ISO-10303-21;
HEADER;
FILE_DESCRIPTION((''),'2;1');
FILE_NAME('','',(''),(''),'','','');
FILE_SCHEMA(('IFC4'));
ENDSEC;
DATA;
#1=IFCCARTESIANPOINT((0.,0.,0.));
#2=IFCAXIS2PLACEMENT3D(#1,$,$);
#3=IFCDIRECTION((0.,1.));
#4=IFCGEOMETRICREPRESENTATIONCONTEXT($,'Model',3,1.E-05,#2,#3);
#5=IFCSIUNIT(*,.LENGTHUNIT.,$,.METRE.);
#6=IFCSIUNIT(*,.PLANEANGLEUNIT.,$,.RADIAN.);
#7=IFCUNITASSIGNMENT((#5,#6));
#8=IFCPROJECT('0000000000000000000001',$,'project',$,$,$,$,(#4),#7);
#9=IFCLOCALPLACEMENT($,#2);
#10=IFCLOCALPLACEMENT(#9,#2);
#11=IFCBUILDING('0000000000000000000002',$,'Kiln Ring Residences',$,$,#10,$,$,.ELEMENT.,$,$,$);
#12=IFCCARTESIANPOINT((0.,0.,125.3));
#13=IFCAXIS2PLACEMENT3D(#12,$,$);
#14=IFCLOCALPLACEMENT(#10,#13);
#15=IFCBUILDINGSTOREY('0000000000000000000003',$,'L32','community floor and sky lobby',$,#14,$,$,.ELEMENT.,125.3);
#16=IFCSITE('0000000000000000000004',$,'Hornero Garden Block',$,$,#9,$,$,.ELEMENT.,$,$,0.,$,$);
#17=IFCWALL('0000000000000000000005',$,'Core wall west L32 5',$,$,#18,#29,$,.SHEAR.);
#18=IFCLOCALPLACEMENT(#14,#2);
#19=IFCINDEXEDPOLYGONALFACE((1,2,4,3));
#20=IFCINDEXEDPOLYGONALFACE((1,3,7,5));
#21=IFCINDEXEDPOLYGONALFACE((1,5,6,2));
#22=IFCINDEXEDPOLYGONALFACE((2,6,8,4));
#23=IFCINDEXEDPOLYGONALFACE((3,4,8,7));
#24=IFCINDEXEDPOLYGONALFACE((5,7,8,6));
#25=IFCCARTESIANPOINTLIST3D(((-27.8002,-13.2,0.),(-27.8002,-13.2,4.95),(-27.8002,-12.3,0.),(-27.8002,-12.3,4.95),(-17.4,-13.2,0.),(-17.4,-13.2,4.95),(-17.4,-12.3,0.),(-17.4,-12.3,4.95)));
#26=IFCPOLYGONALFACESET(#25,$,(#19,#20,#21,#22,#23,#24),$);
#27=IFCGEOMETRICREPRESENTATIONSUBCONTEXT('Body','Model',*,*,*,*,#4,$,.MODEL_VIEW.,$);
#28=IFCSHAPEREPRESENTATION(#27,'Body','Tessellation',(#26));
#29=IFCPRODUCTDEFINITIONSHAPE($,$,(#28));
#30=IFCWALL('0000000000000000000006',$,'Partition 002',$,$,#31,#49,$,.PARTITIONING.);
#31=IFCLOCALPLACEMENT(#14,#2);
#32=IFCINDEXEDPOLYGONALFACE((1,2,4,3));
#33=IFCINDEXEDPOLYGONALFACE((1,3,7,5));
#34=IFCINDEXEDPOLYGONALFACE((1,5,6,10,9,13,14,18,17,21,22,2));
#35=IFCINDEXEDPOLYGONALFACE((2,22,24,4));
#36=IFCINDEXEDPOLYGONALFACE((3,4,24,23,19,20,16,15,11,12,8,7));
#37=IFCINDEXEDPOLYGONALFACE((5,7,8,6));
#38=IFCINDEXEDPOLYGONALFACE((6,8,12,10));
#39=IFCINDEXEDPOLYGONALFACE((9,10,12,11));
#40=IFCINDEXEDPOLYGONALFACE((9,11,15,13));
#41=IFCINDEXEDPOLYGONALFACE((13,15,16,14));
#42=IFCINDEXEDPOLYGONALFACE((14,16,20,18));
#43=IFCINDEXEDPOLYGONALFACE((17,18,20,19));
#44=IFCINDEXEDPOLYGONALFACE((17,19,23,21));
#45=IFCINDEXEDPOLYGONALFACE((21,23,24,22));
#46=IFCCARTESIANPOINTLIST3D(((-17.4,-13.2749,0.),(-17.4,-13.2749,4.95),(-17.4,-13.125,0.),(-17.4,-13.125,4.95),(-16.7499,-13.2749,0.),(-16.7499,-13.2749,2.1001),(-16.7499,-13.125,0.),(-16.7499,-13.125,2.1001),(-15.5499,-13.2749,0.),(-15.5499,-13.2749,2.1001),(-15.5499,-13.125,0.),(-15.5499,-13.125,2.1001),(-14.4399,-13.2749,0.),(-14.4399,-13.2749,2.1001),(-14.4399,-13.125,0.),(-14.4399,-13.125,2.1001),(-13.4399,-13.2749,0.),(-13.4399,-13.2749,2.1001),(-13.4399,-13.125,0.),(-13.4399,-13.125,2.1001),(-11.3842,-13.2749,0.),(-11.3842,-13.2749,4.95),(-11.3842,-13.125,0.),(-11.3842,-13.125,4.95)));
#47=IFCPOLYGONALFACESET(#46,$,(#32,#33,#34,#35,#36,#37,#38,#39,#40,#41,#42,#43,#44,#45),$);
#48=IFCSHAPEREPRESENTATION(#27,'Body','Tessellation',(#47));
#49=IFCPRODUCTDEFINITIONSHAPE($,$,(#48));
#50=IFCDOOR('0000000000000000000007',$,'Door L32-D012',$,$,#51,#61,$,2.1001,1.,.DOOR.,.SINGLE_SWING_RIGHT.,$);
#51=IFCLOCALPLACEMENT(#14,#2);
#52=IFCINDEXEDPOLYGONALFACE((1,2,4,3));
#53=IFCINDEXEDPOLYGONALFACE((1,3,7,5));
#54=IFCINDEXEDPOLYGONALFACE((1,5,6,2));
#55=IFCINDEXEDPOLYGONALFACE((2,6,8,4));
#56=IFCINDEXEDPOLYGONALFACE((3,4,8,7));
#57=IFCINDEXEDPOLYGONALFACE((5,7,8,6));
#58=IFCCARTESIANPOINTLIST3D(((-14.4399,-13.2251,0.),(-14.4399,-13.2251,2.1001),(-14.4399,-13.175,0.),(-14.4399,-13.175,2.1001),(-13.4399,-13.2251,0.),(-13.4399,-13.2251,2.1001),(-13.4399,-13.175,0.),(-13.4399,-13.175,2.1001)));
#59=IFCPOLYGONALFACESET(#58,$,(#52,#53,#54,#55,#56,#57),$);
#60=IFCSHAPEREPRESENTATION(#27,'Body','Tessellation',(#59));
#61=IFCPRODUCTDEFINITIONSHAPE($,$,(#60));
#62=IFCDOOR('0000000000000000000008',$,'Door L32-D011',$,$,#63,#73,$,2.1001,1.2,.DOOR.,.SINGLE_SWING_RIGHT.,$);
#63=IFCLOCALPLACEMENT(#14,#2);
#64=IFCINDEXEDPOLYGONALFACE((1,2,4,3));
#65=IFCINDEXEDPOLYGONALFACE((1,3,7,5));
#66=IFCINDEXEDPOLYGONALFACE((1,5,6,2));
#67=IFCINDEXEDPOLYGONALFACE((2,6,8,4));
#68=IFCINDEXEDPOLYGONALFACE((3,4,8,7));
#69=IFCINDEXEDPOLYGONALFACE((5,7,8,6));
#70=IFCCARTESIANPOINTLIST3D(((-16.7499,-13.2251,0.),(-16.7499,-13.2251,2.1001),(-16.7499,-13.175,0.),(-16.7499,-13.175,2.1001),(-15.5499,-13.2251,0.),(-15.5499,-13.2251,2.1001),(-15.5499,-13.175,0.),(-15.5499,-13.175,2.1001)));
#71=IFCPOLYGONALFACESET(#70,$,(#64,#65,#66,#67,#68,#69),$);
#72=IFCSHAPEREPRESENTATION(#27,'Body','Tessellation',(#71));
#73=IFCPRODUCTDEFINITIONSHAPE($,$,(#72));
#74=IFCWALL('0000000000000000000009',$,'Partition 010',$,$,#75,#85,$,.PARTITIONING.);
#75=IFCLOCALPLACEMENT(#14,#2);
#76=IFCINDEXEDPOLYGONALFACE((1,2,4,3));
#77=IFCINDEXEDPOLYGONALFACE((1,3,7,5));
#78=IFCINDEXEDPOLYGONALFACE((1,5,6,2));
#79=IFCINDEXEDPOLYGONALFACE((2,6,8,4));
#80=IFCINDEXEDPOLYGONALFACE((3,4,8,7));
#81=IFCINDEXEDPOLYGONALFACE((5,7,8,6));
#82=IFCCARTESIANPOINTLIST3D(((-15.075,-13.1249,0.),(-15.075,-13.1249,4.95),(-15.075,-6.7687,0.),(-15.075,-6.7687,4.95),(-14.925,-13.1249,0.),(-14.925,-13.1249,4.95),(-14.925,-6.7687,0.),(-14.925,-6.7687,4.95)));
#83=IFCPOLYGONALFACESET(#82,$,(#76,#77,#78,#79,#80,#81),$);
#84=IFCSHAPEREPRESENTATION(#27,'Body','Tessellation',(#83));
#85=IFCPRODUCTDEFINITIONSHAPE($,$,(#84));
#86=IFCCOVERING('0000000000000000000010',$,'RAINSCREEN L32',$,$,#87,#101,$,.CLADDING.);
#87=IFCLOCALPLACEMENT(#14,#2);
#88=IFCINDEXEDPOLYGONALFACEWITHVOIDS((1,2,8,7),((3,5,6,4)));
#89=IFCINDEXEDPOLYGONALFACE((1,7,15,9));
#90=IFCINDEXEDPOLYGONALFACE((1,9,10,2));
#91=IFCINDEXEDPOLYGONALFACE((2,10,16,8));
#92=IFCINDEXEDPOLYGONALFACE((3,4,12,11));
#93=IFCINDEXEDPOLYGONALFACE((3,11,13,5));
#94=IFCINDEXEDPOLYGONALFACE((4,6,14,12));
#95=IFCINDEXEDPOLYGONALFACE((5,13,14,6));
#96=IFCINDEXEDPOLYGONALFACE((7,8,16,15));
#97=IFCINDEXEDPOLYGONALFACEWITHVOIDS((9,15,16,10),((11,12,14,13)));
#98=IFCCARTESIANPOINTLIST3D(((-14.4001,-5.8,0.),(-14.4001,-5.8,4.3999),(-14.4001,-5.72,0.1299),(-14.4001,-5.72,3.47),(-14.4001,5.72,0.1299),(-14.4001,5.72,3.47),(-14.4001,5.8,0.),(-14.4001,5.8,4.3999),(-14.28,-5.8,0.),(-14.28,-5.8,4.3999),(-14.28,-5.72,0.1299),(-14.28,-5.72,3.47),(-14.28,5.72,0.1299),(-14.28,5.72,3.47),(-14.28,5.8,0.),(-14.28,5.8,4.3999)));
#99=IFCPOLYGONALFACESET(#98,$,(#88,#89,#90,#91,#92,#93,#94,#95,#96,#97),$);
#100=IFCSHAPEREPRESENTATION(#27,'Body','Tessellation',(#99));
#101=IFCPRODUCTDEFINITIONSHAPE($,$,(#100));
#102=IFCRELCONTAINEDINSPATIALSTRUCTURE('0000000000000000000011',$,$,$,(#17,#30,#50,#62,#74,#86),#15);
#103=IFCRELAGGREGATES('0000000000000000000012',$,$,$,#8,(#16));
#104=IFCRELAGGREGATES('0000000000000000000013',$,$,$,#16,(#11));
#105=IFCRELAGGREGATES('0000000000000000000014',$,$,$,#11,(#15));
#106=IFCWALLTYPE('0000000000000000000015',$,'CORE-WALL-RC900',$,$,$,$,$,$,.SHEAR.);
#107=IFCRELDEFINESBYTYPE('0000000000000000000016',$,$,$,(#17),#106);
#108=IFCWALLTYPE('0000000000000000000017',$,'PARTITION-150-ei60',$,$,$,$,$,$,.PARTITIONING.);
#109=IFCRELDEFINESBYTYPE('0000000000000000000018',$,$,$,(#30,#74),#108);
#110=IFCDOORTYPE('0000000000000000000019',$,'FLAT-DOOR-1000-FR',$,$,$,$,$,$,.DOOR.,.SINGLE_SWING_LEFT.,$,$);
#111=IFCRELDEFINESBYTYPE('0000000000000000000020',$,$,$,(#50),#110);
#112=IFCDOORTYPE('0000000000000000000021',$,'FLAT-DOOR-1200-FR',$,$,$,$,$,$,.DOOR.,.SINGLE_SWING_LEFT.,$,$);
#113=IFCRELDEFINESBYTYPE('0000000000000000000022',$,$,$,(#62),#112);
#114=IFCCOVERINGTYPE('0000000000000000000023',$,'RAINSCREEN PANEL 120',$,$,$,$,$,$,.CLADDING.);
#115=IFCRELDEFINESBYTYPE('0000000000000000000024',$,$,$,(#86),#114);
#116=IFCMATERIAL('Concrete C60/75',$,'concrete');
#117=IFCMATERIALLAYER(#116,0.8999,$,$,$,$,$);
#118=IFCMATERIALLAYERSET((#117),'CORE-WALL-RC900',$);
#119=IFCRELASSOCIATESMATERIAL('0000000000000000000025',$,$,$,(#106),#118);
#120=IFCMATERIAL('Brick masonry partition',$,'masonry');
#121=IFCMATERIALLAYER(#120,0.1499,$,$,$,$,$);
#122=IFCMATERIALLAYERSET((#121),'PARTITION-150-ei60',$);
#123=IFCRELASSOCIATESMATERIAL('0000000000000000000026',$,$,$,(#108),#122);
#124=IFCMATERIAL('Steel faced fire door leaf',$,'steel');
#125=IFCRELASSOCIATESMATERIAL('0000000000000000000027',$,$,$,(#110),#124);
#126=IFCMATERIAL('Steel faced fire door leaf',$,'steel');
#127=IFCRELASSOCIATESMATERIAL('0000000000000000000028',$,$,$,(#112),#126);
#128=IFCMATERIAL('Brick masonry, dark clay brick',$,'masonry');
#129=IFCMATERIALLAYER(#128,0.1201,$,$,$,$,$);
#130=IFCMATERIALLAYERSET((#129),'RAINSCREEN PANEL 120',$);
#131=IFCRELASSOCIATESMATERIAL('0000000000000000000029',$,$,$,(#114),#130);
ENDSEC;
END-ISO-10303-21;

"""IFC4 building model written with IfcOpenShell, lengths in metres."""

from ifc_helpers import new_model, si_unit, direction, frame, frame_2d, origin, place, context, subcontext, project, spatial, polyline, rectangle, outline, extrude, material, layer, layer_set, type_object, element, fill, save


model = new_model("IFC4")

# Units and contexts
model_context = context("Model", 3, precision=1e-05, world=origin(), true_north=direction((0.0, 1.0)))
body_context = subcontext(model_context, "Body", "Model", "MODEL_VIEW")
ifc_project = project(units=[si_unit("LENGTHUNIT", "METRE"), si_unit("PLANEANGLEUNIT", "RADIAN")], contexts=[model_context])

# Site, building, storey
site_placement = place(None, origin())
site = spatial("IfcSite", under=ifc_project, at=site_placement, Name="Hornero Garden Block", CompositionType="ELEMENT", RefElevation=0.0)
building_placement = place(site_placement, origin())
building = spatial("IfcBuilding", under=site, at=building_placement, Name="Kiln Ring Residences", CompositionType="ELEMENT")
storey_placement = place(building_placement, frame((0.0, 0.0, 125.3)))
storey = spatial("IfcBuildingStorey", under=building, at=storey_placement, Name="L32", Description="community floor and sky lobby", CompositionType="ELEMENT", Elevation=125.3)

# Wall
ifc_material_1 = material(Name="Concrete C60/75", Category="concrete")
ifc_layer_1 = layer(ifc_material_1, 0.8999)
ifc_layer_set_1 = layer_set([ifc_layer_1], Name="CORE-WALL-RC900")
wall_type_1 = type_object("IfcWallType", Name="CORE-WALL-RC900", PredefinedType="SHEAR", material=ifc_layer_set_1)
wall_1_placement = place(storey_placement, frame((-17.3999, -12.75, 0.0), z_axis=(0.0, 0.0, 1.0), x_axis=(-1.0, 0.0, 0.0)))
element("IfcWall", 1, at=wall_1_placement, inside=storey, type_object=wall_type_1, Name="Core wall west L32 5", PredefinedType="SHEAR", context=body_context, shape_type="SweptSolid", body=[
    extrude(rectangle(XDim=10.4001, YDim=0.8999, at=frame_2d((5.2002, 0.0))), origin(), (0.0, 0.0, 1.0), 4.95),
])

# Wall, openings, doors
ifc_material_2 = material(Name="Brick masonry partition", Category="masonry")
ifc_layer_2 = layer(ifc_material_2, 0.1499)
ifc_layer_set_2 = layer_set([ifc_layer_2], Name="PARTITION-150-ei60")
wall_type_2 = type_object("IfcWallType", Name="PARTITION-150-ei60", PredefinedType="PARTITIONING", material=ifc_layer_set_2)
wall_2_placement = place(storey_placement, frame((-17.3999, -13.2, 0.0), z_axis=(0.0, 0.0, 1.0), x_axis=(1.0, 0.0, 0.0)))
wall_2 = element("IfcWall", 2, at=wall_2_placement, inside=storey, type_object=wall_type_2, Name="Partition 002", PredefinedType="PARTITIONING", context=body_context, shape_type="SweptSolid", body=[
    extrude(rectangle(XDim=6.0159, YDim=0.1499, at=frame_2d((3.0078, 0.0))), origin(), (0.0, 0.0, 1.0), 4.95),
])
opening_1_placement = place(wall_2_placement, frame((0.6499, 0.0, 0.0)))
opening_1 = element("IfcOpeningElement", 3, at=opening_1_placement, cuts=wall_2, PredefinedType="OPENING", context=body_context, shape_type="SweptSolid", body=[
    extrude(rectangle(XDim=1.2, YDim=2.1001, at=frame_2d((0.6001, 1.05))), frame((0.0, 0.085, 0.0), z_axis=(0.0, -1.0, 0.0), x_axis=(1.0, 0.0, 0.0)), (0.0, 0.0, 1.0), 0.1699),
])
opening_2_placement = place(wall_2_placement, frame((2.96, 0.0, 0.0)))
opening_2 = element("IfcOpeningElement", 4, at=opening_2_placement, cuts=wall_2, PredefinedType="OPENING", context=body_context, shape_type="SweptSolid", body=[
    extrude(rectangle(XDim=1.0, YDim=2.1001, at=frame_2d((0.5, 1.05))), frame((0.0, 0.085, 0.0), z_axis=(0.0, -1.0, 0.0), x_axis=(1.0, 0.0, 0.0)), (0.0, 0.0, 1.0), 0.1699),
])
ifc_material_3 = material(Name="Steel faced fire door leaf", Category="steel")
door_type_1 = type_object("IfcDoorType", Name="FLAT-DOOR-1000-FR", OperationType="SINGLE_SWING_LEFT", PredefinedType="DOOR", material=ifc_material_3)
door_1_placement = place(opening_2_placement, origin())
door_1 = element("IfcDoor", 5, at=door_1_placement, inside=storey, type_object=door_type_1, Name="Door L32-D012", OperationType="SINGLE_SWING_RIGHT", OverallHeight=2.1001, OverallWidth=1.0, PredefinedType="DOOR", context=body_context, shape_type="SweptSolid", body=[
    extrude(rectangle(XDim=1.0, YDim=2.1001, at=frame_2d((0.5, 1.05))), frame((0.0, 0.0249, 0.0), z_axis=(0.0, -1.0, 0.0), x_axis=(1.0, 0.0, 0.0)), (0.0, 0.0, 1.0), 0.05),
])
fill(opening_2, door_1)
ifc_material_4 = material(Name="Steel faced fire door leaf", Category="steel")
door_type_2 = type_object("IfcDoorType", Name="FLAT-DOOR-1200-FR", OperationType="SINGLE_SWING_LEFT", PredefinedType="DOOR", material=ifc_material_4)
door_2_placement = place(opening_1_placement, origin())
door_2 = element("IfcDoor", 6, at=door_2_placement, inside=storey, type_object=door_type_2, Name="Door L32-D011", OperationType="SINGLE_SWING_RIGHT", OverallHeight=2.1001, OverallWidth=1.2, PredefinedType="DOOR", context=body_context, shape_type="SweptSolid", body=[
    extrude(rectangle(XDim=1.2, YDim=2.1001, at=frame_2d((0.6001, 1.05))), frame((0.0, 0.0249, 0.0), z_axis=(0.0, -1.0, 0.0), x_axis=(1.0, 0.0, 0.0)), (0.0, 0.0, 1.0), 0.05),
])
fill(opening_1, door_2)

# Wall
wall_3_placement = place(storey_placement, frame((-15.0, -13.125, 0.0), z_axis=(0.0, 0.0, 1.0), x_axis=(0.0, 1.0, 0.0)))
element("IfcWall", 7, at=wall_3_placement, inside=storey, type_object=wall_type_2, Name="Partition 010", PredefinedType="PARTITIONING", context=body_context, shape_type="SweptSolid", body=[
    extrude(rectangle(XDim=6.3562, YDim=0.1499, at=frame_2d((3.1782, 0.0))), origin(), (0.0, 0.0, 1.0), 4.95),
])

# Covering
ifc_material_5 = material(Name="Brick masonry, dark clay brick", Category="masonry")
ifc_layer_3 = layer(ifc_material_5, 0.1201)
ifc_layer_set_3 = layer_set([ifc_layer_3], Name="RAINSCREEN PANEL 120")
covering_type = type_object("IfcCoveringType", Name="RAINSCREEN PANEL 120", PredefinedType="CLADDING", material=ifc_layer_set_3)
covering_placement = place(storey_placement, frame((-14.3401, -5.8, 0.0), z_axis=(0.0, 0.0, 1.0), x_axis=(0.0, 1.0, 0.0)))
element("IfcCovering", 8, at=covering_placement, inside=storey, type_object=covering_type, Name="RAINSCREEN L32", PredefinedType="CLADDING", context=body_context, shape_type="SweptSolid", body=[
    extrude(outline(polyline([(0.0, 0.0), (11.6001, 0.0), (11.6001, 4.3999), (0.0, 4.3999), (0.0, 0.0)]), holes=[polyline([(0.0801, 3.47), (0.0801, 0.1299), (11.52, 0.1299), (11.52, 3.47), (0.0801, 3.47)])]), frame((0.0, 0.0601, 0.0), z_axis=(0.0, -1.0, 0.0), x_axis=(1.0, 0.0, 0.0)), (0.0, 0.0, 1.0), 0.1201),
])

save(model, "model.ifc")
